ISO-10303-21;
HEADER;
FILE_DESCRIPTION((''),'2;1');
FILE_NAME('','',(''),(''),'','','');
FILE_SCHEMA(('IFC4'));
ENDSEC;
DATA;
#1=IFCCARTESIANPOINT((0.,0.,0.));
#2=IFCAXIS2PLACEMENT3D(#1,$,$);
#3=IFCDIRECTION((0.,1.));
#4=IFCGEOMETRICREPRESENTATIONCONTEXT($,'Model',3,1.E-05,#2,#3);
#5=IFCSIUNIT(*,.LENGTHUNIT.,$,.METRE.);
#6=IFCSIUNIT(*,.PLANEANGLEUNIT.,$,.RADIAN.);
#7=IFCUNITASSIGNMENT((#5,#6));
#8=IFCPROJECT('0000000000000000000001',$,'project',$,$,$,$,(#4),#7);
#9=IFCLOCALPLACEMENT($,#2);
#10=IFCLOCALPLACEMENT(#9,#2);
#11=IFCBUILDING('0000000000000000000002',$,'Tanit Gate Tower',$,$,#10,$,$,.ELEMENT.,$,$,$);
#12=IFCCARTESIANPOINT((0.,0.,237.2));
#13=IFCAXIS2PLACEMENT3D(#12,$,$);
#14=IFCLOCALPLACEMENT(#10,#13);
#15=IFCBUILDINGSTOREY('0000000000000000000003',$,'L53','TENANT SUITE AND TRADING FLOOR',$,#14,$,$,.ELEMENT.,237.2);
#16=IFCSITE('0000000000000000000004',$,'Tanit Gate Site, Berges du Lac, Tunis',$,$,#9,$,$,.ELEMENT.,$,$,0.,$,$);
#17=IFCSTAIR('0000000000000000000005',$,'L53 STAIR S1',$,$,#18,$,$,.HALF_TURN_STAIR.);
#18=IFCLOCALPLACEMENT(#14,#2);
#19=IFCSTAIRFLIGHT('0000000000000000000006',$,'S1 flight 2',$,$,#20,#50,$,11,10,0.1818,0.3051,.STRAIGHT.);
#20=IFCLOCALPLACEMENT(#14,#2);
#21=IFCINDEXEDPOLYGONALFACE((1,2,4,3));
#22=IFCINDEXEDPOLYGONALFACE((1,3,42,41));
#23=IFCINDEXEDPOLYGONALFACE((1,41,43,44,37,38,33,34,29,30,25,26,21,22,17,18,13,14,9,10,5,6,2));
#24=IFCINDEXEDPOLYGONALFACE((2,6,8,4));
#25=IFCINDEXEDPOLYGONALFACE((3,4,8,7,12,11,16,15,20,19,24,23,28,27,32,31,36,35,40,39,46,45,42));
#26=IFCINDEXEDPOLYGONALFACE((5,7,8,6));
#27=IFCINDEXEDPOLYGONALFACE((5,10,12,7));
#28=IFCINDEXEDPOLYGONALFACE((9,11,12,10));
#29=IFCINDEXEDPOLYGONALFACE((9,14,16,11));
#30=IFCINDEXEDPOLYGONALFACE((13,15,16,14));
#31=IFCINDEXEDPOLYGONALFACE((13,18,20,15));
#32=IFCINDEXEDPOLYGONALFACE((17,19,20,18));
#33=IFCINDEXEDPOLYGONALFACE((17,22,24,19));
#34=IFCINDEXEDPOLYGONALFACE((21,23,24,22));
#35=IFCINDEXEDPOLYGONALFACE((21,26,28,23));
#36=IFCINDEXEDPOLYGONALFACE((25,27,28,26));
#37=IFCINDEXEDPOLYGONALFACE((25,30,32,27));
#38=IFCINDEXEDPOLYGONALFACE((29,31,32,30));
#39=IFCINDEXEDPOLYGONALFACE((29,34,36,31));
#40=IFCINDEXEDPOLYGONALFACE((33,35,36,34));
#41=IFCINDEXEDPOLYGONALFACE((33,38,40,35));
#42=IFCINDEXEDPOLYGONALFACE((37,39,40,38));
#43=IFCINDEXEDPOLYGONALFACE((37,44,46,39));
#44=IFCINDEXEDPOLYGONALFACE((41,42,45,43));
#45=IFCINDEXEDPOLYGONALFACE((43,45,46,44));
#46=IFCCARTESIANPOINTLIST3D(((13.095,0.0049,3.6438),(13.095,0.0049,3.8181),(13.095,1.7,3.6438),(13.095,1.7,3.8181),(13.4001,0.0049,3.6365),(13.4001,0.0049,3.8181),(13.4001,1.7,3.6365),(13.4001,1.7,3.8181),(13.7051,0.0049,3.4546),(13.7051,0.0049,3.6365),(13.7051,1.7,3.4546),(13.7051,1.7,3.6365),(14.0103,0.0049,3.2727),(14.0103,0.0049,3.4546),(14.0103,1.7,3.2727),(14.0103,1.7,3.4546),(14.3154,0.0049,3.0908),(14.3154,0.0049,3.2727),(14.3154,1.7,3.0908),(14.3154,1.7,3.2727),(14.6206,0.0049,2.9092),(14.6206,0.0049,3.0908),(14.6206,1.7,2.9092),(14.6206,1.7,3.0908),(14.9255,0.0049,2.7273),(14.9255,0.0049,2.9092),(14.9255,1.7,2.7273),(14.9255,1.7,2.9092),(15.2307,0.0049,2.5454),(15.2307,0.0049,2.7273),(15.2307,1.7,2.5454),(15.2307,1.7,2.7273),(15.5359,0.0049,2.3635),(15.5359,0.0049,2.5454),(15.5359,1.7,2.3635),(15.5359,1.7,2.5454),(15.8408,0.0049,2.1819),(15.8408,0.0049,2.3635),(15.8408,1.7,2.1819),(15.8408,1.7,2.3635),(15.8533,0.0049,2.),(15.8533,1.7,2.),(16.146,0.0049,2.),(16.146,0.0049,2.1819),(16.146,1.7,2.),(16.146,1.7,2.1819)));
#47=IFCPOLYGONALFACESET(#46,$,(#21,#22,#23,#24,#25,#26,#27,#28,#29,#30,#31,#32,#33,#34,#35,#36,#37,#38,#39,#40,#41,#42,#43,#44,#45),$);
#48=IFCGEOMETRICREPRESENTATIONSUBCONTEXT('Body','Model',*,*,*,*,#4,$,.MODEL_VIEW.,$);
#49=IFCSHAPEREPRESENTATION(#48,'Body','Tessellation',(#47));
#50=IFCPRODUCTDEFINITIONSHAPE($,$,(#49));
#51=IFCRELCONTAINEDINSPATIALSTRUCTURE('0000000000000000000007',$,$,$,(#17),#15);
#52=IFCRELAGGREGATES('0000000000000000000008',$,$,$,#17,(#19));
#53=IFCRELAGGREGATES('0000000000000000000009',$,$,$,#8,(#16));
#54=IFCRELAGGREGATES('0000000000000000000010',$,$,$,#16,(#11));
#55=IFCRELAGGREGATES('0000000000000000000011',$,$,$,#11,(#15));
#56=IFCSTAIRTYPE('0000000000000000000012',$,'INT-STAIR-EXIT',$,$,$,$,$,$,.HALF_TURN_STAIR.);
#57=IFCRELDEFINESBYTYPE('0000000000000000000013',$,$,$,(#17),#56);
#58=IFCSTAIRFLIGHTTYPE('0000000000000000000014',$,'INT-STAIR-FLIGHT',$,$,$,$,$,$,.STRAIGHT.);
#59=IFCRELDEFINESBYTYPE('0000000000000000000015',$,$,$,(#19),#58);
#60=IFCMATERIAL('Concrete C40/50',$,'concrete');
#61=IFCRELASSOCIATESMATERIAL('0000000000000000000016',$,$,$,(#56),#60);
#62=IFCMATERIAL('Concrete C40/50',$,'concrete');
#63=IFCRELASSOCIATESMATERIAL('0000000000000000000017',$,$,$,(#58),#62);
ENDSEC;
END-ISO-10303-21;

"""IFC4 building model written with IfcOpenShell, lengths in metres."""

from ifc_helpers import new_model, si_unit, direction, frame, origin, place, context, subcontext, project, spatial, polyline, outline, extrude, material, type_object, element, aggregate, save


model = new_model("IFC4")

# Units and contexts
model_context = context("Model", 3, precision=1e-05, world=origin(), true_north=direction((0.0, 1.0)))
body_context = subcontext(model_context, "Body", "Model", "MODEL_VIEW")
ifc_project = project(units=[si_unit("LENGTHUNIT", "METRE"), si_unit("PLANEANGLEUNIT", "RADIAN")], contexts=[model_context])

# Site, building, storey
site_placement = place(None, origin())
site = spatial("IfcSite", under=ifc_project, at=site_placement, Name="Tanit Gate Site, Berges du Lac, Tunis", CompositionType="ELEMENT", RefElevation=0.0)
building_placement = place(site_placement, origin())
building = spatial("IfcBuilding", under=site, at=building_placement, Name="Tanit Gate Tower", CompositionType="ELEMENT")
storey_placement = place(building_placement, frame((0.0, 0.0, 237.2)))
storey = spatial("IfcBuildingStorey", under=building, at=storey_placement, Name="L53", Description="TENANT SUITE AND TRADING FLOOR", CompositionType="ELEMENT", Elevation=237.2)

# Stair, stair flight
ifc_material_1 = material(Name="Concrete C40/50", Category="concrete")
stair_type = type_object("IfcStairType", Name="INT-STAIR-EXIT", PredefinedType="HALF_TURN_STAIR", material=ifc_material_1)
stair_placement = place(storey_placement, origin())
stair = element("IfcStair", 1, at=stair_placement, inside=storey, type_object=stair_type, Name="L53 STAIR S1", PredefinedType="HALF_TURN_STAIR")
ifc_material_2 = material(Name="Concrete C40/50", Category="concrete")
stair_flight_type = type_object("IfcStairFlightType", Name="INT-STAIR-FLIGHT", PredefinedType="STRAIGHT", material=ifc_material_2)
stair_flight_placement = place(storey_placement, frame((16.146, 0.8525, 2.0), z_axis=(0.0, 0.0, 1.0), x_axis=(-1.0, 0.0, 0.0)))
stair_flight = element("IfcStairFlight", 2, at=stair_flight_placement, type_object=stair_flight_type, Name="S1 flight 2", NumberOfRisers=11, NumberOfTreads=10, PredefinedType="STRAIGHT", RiserHeight=0.1818, TreadLength=0.3051, context=body_context, shape_type="SweptSolid", body=[
    extrude(outline(polyline([(0.0, 0.0), (0.0, 0.1819), (0.3052, 0.1819), (0.3052, 0.3635), (0.6101, 0.3635), (0.6101, 0.5454), (0.9153, 0.5454), (0.9153, 0.7273), (1.2205, 0.7273), (1.2205, 0.9092), (1.5254, 0.9092), (1.5254, 1.0908), (1.8306, 1.0908), (1.8306, 1.2727), (2.1357, 1.2727), (2.1357, 1.4546), (2.4409, 1.4546), (2.4409, 1.6365), (2.7458, 1.6365), (2.7458, 1.8181), (3.051, 1.8181), (3.051, 2.0), (3.051, 1.6438), (0.2927, 0.0), (0.0, 0.0)])), frame((0.0, 0.8477, 0.0), z_axis=(0.0, -1.0, 0.0), x_axis=(1.0, 0.0, 0.0)), (0.0, 0.0, 1.0), 1.6951),
])
aggregate(stair, [stair_flight])

save(model, "model.ifc")
